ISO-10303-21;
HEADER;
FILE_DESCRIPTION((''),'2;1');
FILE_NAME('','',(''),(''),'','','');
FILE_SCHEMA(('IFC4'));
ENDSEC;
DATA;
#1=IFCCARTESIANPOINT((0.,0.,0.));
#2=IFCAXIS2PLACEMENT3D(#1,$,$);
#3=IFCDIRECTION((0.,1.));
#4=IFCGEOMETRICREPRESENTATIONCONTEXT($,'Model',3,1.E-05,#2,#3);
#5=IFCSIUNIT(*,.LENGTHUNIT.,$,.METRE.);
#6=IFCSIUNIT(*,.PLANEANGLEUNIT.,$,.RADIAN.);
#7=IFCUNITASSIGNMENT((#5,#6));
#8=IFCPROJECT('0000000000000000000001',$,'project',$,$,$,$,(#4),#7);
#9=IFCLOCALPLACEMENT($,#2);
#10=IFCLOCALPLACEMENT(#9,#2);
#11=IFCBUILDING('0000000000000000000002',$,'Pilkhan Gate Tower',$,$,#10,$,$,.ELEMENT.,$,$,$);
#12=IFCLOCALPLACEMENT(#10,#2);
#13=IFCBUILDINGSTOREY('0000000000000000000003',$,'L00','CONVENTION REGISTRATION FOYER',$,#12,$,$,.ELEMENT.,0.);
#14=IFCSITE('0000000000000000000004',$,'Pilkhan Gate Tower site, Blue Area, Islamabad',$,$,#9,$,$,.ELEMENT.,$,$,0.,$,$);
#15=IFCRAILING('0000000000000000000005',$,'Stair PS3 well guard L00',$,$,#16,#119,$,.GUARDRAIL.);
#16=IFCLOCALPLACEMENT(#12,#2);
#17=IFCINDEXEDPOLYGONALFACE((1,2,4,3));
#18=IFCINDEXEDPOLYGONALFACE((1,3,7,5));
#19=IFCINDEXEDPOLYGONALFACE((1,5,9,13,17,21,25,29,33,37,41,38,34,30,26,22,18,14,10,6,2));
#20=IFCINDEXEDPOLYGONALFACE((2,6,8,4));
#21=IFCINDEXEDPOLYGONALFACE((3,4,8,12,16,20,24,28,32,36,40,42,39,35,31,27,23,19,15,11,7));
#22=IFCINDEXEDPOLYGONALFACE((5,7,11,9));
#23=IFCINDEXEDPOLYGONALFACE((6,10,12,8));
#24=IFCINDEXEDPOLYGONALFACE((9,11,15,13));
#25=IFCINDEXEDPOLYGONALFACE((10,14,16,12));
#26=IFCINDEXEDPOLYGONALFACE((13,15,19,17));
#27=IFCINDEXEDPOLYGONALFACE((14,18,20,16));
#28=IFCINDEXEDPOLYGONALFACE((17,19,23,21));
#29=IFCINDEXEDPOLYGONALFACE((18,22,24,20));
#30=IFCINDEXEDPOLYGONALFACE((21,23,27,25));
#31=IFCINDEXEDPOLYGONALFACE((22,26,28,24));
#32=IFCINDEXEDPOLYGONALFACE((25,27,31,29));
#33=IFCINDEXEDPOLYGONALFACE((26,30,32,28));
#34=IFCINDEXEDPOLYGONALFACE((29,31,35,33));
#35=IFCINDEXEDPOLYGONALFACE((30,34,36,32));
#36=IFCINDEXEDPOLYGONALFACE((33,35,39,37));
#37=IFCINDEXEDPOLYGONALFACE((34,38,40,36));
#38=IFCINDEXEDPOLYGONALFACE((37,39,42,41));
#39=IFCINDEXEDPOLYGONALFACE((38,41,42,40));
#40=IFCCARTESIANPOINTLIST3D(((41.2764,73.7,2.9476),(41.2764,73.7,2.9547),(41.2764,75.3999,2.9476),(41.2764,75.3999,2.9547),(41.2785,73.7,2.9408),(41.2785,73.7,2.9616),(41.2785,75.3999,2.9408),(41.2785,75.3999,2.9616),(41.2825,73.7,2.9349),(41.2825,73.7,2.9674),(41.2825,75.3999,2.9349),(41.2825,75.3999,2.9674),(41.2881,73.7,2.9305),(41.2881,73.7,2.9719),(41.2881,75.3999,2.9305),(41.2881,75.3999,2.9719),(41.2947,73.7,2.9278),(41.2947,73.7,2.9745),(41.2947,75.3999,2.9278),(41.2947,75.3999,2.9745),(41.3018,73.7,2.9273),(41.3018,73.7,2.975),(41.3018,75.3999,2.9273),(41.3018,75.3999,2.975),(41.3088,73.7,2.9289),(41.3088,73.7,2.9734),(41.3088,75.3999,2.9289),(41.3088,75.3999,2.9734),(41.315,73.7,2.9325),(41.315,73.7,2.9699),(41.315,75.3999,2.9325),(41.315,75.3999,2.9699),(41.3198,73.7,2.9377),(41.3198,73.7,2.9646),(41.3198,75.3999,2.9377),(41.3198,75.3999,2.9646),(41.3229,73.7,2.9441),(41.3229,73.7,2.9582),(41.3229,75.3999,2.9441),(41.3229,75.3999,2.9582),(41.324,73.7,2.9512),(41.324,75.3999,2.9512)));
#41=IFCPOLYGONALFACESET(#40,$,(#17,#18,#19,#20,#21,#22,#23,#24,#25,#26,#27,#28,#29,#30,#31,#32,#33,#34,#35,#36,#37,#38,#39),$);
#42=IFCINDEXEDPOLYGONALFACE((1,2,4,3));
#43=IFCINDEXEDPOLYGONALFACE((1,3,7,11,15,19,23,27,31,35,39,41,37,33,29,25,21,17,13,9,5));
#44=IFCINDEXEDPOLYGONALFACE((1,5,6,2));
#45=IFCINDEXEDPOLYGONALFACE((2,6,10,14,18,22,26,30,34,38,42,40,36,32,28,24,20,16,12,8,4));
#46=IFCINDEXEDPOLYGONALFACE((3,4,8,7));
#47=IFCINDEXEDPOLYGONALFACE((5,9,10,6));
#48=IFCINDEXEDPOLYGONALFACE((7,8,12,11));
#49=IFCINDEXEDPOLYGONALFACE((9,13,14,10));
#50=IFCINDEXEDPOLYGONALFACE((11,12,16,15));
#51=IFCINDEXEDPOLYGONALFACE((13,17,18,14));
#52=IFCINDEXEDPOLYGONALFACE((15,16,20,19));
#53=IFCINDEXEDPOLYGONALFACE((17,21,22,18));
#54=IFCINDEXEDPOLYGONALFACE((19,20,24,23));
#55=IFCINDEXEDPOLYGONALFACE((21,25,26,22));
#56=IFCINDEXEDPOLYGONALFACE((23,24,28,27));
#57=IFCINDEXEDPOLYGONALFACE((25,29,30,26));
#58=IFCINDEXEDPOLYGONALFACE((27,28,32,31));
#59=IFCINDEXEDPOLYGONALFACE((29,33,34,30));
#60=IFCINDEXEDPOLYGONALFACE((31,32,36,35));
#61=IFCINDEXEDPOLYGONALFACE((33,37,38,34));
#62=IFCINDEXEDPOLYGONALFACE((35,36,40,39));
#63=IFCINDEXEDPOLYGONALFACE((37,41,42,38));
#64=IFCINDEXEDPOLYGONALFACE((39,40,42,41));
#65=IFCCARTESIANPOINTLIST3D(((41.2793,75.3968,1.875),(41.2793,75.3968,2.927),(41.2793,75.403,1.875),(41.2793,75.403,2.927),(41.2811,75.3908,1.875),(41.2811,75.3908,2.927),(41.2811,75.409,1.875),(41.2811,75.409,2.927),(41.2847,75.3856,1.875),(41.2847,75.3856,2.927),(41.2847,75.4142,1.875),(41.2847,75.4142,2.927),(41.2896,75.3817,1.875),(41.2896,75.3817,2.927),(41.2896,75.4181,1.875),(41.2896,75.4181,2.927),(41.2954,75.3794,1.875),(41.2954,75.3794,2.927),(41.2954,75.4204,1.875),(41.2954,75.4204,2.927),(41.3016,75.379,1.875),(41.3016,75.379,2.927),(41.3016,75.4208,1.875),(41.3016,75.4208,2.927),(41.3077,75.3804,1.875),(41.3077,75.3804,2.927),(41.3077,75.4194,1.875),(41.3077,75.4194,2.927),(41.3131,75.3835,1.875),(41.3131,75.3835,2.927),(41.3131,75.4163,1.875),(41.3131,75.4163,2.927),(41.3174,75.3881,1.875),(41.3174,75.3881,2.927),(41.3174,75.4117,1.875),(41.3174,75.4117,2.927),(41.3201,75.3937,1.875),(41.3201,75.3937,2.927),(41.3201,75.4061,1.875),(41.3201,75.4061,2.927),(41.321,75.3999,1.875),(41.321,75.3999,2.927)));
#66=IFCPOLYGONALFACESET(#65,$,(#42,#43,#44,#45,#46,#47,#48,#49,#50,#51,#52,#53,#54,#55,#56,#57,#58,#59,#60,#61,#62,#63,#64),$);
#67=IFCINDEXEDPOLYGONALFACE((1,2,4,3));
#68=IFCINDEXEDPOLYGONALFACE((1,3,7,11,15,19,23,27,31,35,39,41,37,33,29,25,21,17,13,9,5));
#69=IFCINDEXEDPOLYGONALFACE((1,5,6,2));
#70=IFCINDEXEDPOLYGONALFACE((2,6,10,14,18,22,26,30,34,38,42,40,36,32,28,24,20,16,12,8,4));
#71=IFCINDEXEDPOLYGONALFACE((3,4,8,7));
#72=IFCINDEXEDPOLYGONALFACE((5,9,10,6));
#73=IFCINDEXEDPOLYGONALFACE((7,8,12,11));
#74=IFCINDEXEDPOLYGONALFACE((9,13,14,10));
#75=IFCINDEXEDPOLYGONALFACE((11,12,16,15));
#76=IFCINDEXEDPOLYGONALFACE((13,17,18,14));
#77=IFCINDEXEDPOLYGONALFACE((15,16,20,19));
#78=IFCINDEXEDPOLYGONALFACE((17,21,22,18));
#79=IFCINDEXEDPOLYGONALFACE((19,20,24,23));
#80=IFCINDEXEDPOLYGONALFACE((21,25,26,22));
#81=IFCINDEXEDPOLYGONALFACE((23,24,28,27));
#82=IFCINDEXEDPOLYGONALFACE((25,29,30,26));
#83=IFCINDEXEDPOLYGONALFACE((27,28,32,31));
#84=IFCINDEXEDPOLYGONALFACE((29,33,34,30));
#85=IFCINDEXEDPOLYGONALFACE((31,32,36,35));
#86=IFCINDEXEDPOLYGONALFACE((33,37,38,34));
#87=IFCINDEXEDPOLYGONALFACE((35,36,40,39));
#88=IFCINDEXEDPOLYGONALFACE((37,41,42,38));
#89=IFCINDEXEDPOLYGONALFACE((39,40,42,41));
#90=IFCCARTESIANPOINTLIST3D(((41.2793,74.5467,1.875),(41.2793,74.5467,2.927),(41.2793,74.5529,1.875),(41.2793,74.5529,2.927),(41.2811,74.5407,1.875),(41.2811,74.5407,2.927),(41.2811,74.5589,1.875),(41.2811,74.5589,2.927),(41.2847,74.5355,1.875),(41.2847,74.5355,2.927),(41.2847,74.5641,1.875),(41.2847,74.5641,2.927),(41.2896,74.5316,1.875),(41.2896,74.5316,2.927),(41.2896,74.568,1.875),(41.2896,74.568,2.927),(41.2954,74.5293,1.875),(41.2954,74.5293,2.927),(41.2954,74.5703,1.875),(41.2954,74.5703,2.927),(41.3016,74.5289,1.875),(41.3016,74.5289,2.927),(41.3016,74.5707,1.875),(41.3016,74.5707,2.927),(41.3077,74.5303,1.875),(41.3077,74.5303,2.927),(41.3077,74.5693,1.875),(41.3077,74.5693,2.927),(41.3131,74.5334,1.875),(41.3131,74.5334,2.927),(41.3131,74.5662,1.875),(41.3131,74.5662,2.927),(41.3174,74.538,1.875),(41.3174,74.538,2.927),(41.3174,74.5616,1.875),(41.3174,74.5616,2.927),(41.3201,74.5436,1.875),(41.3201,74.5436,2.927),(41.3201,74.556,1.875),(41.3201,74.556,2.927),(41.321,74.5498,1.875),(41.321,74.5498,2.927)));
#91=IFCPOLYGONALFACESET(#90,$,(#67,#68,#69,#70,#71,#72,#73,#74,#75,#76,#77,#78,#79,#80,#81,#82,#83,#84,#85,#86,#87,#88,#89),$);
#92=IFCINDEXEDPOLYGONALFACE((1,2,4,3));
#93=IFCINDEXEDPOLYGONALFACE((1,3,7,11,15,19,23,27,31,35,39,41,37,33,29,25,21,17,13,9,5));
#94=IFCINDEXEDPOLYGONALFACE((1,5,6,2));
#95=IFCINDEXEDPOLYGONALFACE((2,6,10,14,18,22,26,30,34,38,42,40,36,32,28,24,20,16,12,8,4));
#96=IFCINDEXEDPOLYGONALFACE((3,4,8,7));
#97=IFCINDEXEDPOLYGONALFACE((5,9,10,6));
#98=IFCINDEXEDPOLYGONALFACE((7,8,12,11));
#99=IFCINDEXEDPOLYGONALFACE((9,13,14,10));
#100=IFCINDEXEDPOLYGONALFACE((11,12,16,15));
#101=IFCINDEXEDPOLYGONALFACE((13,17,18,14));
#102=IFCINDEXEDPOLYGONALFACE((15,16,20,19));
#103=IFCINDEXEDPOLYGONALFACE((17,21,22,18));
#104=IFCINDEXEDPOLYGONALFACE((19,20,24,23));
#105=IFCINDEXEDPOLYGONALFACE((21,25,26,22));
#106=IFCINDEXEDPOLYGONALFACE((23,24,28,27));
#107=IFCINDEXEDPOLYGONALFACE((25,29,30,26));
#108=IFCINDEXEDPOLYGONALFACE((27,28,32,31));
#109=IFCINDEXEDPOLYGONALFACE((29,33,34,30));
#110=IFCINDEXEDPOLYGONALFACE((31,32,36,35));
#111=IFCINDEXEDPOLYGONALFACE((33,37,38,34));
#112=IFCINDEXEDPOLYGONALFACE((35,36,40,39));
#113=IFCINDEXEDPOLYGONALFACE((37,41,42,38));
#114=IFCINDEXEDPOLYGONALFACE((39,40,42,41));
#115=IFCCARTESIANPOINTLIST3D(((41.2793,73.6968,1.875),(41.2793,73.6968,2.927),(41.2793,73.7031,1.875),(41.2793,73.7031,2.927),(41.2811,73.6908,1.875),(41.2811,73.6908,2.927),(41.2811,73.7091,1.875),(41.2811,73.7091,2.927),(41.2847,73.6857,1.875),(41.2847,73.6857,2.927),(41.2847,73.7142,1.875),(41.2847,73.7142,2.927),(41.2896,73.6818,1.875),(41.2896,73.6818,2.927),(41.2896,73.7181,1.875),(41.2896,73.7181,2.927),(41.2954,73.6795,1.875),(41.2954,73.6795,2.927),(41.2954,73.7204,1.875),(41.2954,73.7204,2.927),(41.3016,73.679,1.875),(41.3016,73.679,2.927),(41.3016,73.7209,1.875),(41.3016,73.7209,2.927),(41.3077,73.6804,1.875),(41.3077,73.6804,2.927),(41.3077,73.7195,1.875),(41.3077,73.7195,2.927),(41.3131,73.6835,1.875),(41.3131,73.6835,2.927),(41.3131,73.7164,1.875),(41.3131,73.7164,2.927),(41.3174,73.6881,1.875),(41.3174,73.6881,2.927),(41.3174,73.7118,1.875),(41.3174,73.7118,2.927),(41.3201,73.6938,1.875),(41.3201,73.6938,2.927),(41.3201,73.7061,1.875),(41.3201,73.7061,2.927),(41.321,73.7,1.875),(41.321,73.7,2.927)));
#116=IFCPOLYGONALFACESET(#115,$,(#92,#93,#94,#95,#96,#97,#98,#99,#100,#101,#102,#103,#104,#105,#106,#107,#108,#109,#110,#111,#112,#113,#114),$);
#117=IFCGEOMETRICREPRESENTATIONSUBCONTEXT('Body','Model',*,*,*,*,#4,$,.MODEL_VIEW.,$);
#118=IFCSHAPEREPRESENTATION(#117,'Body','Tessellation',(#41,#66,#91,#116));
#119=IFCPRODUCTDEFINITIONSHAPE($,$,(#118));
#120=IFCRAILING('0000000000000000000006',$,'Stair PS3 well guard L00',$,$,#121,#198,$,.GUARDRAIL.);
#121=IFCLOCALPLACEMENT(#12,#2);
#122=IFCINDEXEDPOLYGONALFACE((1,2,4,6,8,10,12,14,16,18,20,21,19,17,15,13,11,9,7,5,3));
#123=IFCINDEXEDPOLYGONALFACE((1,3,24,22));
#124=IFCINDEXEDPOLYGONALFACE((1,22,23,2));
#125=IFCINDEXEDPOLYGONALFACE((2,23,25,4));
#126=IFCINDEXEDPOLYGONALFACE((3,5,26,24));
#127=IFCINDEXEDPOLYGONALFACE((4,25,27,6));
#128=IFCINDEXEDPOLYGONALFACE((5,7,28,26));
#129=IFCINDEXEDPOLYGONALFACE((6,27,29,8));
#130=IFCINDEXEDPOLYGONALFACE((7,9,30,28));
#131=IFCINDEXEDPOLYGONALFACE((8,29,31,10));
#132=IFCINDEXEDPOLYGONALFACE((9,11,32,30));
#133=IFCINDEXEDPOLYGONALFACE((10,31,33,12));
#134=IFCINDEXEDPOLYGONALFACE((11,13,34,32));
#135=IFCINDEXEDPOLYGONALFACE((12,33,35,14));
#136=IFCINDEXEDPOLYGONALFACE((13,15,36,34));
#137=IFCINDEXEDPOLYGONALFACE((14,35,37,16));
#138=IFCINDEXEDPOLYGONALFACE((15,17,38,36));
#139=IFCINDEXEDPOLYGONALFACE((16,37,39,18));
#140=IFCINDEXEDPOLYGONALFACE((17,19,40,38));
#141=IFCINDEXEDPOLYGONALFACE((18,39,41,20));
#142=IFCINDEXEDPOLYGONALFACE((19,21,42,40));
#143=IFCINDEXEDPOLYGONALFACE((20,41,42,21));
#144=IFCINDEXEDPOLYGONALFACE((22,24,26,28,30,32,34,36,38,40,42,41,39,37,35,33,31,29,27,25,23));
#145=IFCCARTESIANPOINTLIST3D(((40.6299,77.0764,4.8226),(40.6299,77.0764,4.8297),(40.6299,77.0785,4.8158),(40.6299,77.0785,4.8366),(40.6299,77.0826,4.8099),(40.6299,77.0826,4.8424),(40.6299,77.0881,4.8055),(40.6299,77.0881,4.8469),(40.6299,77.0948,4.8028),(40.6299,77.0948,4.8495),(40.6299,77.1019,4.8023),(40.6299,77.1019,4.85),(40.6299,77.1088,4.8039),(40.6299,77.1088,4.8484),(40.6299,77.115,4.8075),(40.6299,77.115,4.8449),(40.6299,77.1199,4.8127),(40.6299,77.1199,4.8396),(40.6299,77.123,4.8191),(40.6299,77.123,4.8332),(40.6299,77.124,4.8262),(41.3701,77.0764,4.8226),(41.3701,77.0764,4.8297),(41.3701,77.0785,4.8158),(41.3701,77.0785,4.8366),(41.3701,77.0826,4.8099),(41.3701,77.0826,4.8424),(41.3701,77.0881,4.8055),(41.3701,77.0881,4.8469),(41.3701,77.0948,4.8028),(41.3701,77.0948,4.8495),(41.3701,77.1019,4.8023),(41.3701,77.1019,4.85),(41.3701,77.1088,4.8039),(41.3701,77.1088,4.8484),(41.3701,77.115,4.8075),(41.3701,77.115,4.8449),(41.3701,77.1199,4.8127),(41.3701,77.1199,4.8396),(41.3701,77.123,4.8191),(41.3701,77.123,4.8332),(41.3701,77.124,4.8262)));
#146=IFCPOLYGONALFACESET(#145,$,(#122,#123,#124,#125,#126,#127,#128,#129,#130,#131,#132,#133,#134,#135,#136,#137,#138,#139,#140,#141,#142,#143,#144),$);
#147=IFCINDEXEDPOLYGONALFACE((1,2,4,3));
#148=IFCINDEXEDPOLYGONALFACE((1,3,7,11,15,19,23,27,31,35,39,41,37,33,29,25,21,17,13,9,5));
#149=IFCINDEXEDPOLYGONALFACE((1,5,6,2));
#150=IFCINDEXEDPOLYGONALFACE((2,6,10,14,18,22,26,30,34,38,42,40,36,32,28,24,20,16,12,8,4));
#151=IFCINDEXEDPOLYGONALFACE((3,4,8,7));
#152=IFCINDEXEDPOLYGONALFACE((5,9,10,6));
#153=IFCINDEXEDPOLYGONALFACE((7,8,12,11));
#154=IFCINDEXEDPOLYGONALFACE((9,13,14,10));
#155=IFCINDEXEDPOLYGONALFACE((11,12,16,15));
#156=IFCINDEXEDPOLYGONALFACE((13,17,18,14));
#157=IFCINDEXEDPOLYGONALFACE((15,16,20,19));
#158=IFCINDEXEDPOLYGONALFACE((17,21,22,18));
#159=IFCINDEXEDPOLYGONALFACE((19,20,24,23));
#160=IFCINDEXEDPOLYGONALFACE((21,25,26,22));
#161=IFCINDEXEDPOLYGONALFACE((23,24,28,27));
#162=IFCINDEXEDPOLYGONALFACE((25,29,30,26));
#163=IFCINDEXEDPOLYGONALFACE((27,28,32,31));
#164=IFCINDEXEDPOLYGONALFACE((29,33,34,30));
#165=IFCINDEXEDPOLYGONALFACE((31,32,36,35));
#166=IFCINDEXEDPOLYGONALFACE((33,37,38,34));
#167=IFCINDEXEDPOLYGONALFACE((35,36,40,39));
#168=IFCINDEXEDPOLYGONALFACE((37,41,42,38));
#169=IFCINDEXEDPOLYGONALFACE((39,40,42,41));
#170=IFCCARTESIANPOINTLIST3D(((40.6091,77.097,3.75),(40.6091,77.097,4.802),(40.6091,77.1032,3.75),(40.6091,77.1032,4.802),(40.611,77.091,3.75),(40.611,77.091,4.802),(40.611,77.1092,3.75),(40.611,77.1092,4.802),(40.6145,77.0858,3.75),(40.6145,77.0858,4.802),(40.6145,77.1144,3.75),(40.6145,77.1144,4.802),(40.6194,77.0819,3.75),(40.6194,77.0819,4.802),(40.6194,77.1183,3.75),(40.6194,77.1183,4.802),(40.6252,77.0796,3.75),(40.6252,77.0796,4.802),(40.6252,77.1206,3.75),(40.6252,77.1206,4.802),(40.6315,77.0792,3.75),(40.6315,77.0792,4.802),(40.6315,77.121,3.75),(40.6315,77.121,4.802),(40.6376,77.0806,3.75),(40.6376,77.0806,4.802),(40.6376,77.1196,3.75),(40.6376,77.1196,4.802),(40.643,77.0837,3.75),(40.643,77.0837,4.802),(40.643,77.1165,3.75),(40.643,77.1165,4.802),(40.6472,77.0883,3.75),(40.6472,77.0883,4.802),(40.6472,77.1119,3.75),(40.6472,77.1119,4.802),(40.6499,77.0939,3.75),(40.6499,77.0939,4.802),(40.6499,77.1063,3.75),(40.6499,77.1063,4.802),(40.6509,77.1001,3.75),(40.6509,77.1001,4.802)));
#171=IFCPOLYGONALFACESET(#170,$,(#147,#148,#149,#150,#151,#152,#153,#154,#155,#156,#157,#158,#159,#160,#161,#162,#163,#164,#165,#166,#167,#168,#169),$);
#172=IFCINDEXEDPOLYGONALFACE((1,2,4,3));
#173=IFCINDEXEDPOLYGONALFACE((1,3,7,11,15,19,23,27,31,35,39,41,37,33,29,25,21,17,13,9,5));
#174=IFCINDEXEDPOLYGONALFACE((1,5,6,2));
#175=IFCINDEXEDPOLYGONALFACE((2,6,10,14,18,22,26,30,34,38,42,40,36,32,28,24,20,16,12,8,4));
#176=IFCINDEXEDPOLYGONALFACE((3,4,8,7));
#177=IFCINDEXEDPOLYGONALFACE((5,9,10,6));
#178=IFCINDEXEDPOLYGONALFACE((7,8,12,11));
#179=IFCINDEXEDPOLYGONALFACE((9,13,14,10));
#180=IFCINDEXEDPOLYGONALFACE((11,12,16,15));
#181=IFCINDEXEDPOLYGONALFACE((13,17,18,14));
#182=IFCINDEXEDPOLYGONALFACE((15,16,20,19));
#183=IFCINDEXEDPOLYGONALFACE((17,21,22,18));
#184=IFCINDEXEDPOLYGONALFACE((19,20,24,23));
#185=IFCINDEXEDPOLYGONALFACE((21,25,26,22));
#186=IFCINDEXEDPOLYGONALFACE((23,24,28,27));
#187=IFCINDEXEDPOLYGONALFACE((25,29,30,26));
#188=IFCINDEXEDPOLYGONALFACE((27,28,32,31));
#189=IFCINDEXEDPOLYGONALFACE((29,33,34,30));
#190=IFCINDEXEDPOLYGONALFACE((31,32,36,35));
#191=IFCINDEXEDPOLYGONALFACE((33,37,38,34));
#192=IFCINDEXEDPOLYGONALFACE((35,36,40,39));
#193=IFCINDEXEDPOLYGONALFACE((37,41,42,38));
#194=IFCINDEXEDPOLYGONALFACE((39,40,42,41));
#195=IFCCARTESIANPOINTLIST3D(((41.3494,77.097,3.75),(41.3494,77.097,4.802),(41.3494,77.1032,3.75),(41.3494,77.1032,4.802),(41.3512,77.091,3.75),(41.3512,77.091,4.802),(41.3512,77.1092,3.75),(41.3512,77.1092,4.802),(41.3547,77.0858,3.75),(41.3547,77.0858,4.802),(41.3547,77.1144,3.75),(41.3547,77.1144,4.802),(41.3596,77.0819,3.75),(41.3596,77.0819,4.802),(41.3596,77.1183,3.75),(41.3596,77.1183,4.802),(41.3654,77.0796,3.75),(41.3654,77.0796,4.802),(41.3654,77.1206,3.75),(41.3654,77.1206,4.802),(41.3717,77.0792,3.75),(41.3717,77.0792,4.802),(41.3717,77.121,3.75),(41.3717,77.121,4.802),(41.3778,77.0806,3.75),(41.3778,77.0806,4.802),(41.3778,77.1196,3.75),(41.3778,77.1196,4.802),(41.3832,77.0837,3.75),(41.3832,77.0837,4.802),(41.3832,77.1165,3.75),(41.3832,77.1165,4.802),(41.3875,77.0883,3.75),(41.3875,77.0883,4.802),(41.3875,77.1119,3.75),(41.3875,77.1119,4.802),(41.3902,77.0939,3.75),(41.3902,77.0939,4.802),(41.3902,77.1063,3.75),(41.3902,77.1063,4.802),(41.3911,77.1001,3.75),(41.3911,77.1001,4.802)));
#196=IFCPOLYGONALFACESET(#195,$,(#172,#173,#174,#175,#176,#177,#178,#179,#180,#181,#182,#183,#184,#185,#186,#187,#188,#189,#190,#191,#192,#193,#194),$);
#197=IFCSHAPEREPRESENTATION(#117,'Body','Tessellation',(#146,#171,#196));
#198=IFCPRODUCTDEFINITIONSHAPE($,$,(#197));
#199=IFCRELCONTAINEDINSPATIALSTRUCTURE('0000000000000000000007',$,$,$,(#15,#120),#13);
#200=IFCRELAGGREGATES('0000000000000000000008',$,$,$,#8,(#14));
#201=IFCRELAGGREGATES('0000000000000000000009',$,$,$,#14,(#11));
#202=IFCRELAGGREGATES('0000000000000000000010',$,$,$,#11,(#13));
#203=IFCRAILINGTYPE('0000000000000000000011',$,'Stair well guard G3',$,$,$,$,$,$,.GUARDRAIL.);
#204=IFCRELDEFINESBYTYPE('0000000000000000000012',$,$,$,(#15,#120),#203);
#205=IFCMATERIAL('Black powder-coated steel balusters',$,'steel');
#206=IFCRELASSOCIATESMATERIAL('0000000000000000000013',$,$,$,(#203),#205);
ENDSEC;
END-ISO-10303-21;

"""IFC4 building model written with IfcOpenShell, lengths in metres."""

from ifc_helpers import new_model, si_unit, direction, frame, origin, origin_2d, place, context, subcontext, project, spatial, circle, extrude, material, type_object, element, save


model = new_model("IFC4")

# Units and contexts
model_context = context("Model", 3, precision=1e-05, world=origin(), true_north=direction((0.0, 1.0)))
body_context = subcontext(model_context, "Body", "Model", "MODEL_VIEW")
ifc_project = project(units=[si_unit("LENGTHUNIT", "METRE"), si_unit("PLANEANGLEUNIT", "RADIAN")], contexts=[model_context])

# Site, building, storey
site_placement = place(None, origin())
site = spatial("IfcSite", under=ifc_project, at=site_placement, Name="Pilkhan Gate Tower site, Blue Area, Islamabad", CompositionType="ELEMENT", RefElevation=0.0)
building_placement = place(site_placement, origin())
building = spatial("IfcBuilding", under=site, at=building_placement, Name="Pilkhan Gate Tower", CompositionType="ELEMENT")
storey_placement = place(building_placement, origin())
storey = spatial("IfcBuildingStorey", under=building, at=storey_placement, Name="L00", Description="CONVENTION REGISTRATION FOYER", CompositionType="ELEMENT", Elevation=0.0)

# Railings
ifc_material_1 = material(Name="Black powder-coated steel balusters", Category="steel")
railing_type_1 = type_object("IfcRailingType", Name="Stair well guard G3", PredefinedType="GUARDRAIL", material=ifc_material_1)
railing_1_placement = place(storey_placement, frame((41.3, 75.3999, 1.875)))
element("IfcRailing", 1, at=railing_1_placement, inside=storey, type_object=railing_type_1, Name="Stair PS3 well guard L00", PredefinedType="GUARDRAIL", context=body_context, shape_type="SweptSolid", body=[
    extrude(circle(Radius=0.0239, at=origin_2d()), frame((0.0, 0.0, 1.0762), z_axis=(0.0, -1.0, 0.0), x_axis=(1.0, 0.0, 0.0)), (0.0, 0.0, 1.0), 1.7),
    extrude(circle(Radius=0.021, at=origin_2d()), origin(), (0.0, 0.0, 1.0), 1.052),
    extrude(circle(Radius=0.021, at=origin_2d()), frame((0.0, -0.8501, 0.0)), (0.0, 0.0, 1.0), 1.052),
    extrude(circle(Radius=0.021, at=origin_2d()), frame((0.0, -1.7, 0.0)), (0.0, 0.0, 1.0), 1.052),
])
railing_2_placement = place(storey_placement, frame((40.6299, 77.1001, 3.75)))
element("IfcRailing", 2, at=railing_2_placement, inside=storey, type_object=railing_type_1, Name="Stair PS3 well guard L00", PredefinedType="GUARDRAIL", context=body_context, shape_type="SweptSolid", body=[
    extrude(circle(Radius=0.0239, at=origin_2d()), frame((0.0, 0.0, 1.0762), z_axis=(1.0, 0.0, 0.0), x_axis=(0.0, 1.0, 0.0)), (0.0, 0.0, 1.0), 0.7402),
    extrude(circle(Radius=0.021, at=origin_2d()), origin(), (0.0, 0.0, 1.0), 1.052),
    extrude(circle(Radius=0.021, at=origin_2d()), frame((0.7402, 0.0, 0.0)), (0.0, 0.0, 1.0), 1.052),
])

save(model, "model.ifc")
